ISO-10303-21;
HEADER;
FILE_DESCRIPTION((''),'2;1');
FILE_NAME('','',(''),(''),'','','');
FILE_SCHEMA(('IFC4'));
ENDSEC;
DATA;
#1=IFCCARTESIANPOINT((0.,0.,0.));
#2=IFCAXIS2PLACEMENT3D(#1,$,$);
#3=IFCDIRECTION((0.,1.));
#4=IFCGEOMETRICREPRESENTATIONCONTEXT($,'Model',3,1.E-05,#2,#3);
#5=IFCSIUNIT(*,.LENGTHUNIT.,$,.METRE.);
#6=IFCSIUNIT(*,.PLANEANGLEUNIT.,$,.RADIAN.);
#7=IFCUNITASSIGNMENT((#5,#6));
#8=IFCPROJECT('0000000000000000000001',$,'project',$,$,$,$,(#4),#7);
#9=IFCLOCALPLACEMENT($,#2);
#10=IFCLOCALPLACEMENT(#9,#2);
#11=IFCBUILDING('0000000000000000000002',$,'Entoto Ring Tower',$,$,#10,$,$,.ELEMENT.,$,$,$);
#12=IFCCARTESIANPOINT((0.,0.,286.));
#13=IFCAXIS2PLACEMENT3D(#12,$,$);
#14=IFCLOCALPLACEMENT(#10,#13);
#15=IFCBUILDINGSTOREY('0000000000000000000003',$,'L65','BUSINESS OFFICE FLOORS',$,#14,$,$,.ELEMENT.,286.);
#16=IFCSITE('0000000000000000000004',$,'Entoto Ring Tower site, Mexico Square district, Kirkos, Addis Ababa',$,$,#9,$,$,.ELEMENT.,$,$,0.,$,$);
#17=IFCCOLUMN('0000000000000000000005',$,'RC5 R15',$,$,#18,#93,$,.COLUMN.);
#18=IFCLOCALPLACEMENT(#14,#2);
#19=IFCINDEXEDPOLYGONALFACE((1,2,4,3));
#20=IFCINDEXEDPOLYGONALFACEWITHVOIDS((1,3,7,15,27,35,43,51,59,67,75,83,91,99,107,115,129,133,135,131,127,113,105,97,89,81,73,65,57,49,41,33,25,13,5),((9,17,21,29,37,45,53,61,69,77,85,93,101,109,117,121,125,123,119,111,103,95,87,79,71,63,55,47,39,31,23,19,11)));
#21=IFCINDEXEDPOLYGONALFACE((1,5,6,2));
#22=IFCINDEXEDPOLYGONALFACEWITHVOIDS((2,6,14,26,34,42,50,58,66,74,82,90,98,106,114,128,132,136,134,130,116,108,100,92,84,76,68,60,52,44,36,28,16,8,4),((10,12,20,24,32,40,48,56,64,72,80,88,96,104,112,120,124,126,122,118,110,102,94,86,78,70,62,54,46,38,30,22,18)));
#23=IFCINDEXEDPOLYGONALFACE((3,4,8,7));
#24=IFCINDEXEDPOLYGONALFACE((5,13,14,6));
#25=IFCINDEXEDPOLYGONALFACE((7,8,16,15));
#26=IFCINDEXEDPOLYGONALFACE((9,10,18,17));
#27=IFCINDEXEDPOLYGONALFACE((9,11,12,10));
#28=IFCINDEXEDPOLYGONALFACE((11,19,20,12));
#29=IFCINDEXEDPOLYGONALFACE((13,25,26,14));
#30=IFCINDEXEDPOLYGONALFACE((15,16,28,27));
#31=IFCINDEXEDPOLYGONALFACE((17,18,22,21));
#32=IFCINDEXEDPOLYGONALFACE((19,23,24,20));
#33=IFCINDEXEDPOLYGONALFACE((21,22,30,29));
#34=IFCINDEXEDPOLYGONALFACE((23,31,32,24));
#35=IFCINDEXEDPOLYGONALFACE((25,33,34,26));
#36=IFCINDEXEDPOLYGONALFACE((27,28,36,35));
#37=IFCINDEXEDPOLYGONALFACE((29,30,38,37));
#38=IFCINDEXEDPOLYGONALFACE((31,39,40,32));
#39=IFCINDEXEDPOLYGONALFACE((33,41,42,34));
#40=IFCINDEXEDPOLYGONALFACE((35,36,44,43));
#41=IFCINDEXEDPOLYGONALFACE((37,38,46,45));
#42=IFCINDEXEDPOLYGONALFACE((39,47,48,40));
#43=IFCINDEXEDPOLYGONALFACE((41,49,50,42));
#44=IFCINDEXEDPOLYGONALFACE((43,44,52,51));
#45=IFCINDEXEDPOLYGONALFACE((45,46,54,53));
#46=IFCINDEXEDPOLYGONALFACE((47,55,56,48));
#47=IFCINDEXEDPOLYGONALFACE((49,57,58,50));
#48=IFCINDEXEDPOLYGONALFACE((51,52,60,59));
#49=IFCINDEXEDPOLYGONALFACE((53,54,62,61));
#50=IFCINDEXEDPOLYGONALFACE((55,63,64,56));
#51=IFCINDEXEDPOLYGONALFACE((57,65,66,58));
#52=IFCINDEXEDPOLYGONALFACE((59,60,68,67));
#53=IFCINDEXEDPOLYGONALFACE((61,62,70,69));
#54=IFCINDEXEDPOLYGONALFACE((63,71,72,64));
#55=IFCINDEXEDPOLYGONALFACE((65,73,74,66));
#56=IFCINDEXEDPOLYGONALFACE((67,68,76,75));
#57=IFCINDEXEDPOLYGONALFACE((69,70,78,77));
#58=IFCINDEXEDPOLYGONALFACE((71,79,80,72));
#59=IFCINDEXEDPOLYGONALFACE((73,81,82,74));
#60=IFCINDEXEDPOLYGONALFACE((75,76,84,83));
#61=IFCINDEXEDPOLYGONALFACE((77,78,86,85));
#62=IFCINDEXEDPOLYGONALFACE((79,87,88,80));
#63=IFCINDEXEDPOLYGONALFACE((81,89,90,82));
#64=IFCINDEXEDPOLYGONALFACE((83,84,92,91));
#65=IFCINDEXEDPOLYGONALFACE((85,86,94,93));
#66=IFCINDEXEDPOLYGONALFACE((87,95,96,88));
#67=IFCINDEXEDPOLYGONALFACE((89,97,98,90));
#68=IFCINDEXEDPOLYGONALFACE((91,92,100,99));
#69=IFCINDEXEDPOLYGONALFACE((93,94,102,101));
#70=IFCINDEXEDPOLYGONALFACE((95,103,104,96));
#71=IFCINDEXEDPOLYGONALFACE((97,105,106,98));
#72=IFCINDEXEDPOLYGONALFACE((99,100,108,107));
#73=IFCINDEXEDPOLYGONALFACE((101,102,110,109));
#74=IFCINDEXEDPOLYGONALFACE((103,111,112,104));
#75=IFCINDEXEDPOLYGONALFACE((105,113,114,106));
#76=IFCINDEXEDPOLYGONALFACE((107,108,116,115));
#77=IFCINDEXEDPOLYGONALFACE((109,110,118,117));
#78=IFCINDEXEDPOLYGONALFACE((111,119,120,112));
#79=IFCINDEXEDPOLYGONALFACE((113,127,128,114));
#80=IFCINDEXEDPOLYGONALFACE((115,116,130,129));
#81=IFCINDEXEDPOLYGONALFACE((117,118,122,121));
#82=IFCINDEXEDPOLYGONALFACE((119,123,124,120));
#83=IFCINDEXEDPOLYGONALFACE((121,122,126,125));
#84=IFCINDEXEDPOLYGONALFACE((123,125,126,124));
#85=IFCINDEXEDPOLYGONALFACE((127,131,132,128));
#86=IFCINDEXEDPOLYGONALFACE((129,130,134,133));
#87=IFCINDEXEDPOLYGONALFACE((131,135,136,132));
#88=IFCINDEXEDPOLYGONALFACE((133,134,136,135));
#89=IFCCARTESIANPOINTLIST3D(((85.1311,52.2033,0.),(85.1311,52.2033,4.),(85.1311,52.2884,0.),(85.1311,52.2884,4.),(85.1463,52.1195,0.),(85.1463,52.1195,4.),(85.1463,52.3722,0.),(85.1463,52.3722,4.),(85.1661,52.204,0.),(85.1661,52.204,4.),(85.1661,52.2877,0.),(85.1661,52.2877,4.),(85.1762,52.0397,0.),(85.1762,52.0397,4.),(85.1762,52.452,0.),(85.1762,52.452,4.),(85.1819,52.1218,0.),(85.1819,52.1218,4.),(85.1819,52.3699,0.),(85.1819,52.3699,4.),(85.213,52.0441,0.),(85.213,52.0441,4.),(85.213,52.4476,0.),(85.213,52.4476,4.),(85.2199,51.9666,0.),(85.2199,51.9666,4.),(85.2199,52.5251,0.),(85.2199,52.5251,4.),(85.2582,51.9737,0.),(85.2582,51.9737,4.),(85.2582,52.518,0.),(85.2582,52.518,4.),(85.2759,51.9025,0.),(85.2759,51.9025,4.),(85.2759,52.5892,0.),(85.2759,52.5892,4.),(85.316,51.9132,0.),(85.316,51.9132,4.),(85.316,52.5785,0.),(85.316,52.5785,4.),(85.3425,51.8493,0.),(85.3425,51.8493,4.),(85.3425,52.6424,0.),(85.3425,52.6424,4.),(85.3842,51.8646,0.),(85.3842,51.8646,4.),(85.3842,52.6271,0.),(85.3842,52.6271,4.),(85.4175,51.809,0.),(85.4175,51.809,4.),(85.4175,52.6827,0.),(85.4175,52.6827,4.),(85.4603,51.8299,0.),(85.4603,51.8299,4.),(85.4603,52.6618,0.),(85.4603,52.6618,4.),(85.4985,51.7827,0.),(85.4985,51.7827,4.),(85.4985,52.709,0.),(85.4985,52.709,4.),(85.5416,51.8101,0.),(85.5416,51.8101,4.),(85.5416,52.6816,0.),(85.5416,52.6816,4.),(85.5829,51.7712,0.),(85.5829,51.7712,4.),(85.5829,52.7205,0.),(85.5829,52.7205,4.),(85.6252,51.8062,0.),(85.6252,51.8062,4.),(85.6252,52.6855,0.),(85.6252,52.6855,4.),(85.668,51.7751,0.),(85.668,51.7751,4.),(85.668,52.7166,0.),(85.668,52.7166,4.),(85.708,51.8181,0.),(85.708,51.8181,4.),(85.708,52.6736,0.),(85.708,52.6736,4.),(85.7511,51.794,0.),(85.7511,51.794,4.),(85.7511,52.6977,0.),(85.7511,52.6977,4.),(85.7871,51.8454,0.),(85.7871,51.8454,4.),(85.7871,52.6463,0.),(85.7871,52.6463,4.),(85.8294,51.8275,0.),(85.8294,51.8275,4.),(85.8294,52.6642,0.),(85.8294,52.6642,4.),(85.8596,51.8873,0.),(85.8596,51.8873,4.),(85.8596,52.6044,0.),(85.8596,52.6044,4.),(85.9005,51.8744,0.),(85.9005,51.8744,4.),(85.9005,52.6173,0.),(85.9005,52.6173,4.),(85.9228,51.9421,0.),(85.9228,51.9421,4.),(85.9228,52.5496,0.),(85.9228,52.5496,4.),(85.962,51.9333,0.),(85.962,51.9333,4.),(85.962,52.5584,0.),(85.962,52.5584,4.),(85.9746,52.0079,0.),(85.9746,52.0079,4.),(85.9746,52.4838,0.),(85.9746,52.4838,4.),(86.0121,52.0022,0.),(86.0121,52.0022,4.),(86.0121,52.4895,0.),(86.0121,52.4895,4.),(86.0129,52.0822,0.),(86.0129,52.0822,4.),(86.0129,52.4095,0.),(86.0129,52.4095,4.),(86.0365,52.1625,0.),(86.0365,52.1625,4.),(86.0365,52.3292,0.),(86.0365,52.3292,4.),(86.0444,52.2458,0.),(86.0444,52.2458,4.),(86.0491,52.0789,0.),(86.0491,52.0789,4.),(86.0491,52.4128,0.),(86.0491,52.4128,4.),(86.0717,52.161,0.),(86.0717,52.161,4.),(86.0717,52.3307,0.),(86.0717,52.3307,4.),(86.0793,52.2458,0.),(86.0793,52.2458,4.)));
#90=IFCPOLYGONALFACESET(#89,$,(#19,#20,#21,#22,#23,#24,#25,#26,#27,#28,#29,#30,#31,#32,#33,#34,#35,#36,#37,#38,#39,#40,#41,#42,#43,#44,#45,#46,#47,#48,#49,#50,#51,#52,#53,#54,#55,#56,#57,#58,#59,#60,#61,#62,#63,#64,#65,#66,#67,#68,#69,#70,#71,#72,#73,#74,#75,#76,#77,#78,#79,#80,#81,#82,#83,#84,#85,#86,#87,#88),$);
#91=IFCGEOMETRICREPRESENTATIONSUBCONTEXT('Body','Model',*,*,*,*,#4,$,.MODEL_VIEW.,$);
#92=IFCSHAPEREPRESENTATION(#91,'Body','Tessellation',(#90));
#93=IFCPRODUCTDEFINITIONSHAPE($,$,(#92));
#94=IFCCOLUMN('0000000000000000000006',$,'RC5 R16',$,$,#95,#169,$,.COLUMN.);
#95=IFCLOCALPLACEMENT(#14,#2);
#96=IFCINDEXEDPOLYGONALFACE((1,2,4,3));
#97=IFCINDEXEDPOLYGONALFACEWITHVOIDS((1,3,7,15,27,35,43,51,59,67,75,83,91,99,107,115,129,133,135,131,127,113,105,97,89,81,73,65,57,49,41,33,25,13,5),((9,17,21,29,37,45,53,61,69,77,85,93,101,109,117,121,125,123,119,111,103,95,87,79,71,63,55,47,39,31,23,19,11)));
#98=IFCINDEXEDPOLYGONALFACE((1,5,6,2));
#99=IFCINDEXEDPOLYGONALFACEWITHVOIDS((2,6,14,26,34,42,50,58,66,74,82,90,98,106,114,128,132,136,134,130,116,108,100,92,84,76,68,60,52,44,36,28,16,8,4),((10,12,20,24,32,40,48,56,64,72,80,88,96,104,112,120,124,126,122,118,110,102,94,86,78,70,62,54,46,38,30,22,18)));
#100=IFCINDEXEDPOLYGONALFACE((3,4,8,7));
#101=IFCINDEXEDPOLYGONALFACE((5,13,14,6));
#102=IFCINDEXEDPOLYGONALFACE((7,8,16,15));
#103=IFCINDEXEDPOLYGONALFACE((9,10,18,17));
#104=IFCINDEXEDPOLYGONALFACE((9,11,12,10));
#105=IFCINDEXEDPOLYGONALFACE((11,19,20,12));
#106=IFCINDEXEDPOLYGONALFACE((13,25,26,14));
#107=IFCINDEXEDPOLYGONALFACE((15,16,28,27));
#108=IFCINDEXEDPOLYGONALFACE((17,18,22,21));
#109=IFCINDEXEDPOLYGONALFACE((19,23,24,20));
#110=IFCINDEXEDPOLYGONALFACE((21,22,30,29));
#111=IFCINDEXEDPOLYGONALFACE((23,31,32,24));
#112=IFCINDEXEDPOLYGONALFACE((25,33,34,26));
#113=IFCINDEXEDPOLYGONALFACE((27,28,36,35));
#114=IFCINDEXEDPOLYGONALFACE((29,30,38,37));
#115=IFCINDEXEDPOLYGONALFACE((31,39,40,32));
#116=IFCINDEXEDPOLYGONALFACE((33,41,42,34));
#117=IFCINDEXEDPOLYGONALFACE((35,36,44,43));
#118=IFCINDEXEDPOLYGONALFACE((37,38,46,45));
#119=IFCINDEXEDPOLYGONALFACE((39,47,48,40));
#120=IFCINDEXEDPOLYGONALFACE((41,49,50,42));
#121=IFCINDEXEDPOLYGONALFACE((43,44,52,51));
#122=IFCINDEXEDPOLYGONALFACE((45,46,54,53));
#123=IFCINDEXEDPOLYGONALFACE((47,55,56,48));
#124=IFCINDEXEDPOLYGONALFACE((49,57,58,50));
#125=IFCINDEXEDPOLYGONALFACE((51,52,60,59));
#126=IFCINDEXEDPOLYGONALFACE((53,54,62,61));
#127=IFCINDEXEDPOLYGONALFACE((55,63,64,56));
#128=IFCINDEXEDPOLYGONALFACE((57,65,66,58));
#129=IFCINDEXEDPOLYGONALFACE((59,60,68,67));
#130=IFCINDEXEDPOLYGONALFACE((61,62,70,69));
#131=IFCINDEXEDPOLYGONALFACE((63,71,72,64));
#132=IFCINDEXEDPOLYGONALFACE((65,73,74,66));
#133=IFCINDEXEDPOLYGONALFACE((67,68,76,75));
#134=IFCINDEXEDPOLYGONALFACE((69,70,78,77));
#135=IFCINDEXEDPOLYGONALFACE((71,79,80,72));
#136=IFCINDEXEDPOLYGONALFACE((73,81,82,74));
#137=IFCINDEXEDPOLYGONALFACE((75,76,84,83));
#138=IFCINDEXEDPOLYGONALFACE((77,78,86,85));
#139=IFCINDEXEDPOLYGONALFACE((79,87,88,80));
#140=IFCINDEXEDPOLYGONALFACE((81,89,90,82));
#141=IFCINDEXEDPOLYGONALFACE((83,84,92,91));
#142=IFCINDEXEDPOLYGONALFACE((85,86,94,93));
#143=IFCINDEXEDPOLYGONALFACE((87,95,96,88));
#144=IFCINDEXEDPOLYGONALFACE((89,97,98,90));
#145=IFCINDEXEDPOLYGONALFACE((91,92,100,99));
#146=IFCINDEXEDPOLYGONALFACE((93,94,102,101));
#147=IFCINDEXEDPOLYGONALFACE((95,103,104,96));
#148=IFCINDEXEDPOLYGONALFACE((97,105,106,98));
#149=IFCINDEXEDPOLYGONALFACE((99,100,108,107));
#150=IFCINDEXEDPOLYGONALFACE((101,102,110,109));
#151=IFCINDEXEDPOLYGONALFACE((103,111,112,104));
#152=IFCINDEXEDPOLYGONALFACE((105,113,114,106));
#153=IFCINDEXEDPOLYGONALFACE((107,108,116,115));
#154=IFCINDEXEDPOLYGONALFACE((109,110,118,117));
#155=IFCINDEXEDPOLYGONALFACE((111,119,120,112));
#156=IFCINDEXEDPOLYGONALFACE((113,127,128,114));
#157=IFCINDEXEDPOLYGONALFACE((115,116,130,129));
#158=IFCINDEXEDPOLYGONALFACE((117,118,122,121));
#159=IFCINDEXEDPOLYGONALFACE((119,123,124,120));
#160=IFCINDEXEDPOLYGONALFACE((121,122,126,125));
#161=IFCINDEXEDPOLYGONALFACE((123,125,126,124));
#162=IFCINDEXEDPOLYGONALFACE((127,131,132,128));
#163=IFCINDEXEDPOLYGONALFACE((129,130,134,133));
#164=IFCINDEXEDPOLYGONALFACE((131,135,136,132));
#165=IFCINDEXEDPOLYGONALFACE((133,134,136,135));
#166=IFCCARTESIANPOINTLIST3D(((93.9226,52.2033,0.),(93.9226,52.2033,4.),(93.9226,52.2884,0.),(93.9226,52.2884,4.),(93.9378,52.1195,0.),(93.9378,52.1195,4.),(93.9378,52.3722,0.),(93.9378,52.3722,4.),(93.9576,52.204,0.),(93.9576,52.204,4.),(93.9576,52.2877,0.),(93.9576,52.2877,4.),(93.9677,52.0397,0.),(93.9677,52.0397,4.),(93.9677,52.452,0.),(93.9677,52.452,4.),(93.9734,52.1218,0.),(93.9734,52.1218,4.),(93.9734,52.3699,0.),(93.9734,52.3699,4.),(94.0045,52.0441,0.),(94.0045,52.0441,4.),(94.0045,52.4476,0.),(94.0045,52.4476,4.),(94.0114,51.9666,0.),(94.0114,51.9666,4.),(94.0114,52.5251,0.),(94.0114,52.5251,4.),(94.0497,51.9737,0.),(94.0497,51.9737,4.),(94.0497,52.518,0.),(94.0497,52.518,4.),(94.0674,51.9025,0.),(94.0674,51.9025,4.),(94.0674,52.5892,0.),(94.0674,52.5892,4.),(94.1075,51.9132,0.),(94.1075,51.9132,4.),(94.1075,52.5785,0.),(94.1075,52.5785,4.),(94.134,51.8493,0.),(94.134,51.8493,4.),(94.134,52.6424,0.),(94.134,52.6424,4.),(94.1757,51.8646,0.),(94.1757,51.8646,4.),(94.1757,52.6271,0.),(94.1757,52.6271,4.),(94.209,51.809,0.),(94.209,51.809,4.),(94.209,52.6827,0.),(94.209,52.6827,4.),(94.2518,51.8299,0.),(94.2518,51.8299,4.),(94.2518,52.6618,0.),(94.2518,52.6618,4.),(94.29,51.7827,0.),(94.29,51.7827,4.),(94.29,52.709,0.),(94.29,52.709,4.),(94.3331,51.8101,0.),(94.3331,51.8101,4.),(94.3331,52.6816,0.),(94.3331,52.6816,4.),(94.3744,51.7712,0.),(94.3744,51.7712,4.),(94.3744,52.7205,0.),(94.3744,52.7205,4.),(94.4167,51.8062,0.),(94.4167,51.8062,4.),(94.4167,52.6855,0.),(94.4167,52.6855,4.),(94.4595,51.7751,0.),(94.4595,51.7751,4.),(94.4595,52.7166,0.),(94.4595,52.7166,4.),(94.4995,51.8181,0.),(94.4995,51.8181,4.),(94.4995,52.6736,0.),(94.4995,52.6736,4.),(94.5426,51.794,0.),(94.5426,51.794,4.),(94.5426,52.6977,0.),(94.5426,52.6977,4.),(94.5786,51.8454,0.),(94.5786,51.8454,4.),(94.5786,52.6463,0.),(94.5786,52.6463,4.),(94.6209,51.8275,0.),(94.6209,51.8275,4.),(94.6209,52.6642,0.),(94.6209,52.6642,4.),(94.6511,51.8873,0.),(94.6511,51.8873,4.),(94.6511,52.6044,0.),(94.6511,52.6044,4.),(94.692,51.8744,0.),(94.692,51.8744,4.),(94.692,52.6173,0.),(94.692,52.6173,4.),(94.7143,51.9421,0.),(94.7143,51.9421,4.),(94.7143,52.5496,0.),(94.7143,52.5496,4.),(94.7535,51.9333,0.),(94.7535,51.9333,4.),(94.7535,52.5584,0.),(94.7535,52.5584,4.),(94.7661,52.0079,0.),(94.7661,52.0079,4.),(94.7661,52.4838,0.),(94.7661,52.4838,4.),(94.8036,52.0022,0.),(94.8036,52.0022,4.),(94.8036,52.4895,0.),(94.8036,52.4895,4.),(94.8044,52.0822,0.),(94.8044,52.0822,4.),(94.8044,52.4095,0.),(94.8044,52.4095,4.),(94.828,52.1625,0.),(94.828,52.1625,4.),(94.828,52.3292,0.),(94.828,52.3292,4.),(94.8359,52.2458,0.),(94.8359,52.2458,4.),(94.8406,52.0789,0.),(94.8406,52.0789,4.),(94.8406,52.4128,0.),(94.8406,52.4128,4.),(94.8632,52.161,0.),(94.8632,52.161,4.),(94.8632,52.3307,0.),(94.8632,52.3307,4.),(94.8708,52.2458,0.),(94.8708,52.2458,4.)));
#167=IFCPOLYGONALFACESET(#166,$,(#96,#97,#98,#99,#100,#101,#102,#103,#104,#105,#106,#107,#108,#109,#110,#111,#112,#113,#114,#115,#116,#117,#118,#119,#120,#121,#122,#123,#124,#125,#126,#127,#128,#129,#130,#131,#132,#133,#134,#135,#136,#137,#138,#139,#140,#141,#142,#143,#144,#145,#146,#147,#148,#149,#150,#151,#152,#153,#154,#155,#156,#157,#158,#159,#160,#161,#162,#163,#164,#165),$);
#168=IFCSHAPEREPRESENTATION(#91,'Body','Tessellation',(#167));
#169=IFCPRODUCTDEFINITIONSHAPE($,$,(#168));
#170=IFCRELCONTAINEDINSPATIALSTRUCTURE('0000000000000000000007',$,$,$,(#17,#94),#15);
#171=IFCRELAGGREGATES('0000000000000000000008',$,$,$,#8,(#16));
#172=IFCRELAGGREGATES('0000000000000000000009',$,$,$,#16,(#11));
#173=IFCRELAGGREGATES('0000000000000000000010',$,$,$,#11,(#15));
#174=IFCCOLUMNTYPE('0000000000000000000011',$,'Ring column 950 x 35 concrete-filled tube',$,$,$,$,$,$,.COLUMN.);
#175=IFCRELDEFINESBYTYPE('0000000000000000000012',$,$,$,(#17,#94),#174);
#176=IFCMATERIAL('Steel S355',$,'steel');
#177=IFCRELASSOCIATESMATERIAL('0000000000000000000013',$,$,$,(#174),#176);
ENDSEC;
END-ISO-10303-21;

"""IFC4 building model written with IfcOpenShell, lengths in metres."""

from ifc_helpers import new_model, si_unit, direction, frame, origin, origin_2d, place, context, subcontext, project, spatial, circle, hollow_circle, extrude, material, material_profile, profile_set, type_object, element, save


model = new_model("IFC4")

# Units and contexts
model_context = context("Model", 3, precision=1e-05, world=origin(), true_north=direction((0.0, 1.0)))
body_context = subcontext(model_context, "Body", "Model", "MODEL_VIEW")
ifc_project = project(units=[si_unit("LENGTHUNIT", "METRE"), si_unit("PLANEANGLEUNIT", "RADIAN")], contexts=[model_context])

# Site, building, storey
site_placement = place(None, origin())
site = spatial("IfcSite", under=ifc_project, at=site_placement, Name="Entoto Ring Tower site, Mexico Square district, Kirkos, Addis Ababa", CompositionType="ELEMENT", RefElevation=0.0)
building_placement = place(site_placement, origin())
building = spatial("IfcBuilding", under=site, at=building_placement, Name="Entoto Ring Tower", CompositionType="ELEMENT")
storey_placement = place(building_placement, frame((0.0, 0.0, 286.0)))
storey = spatial("IfcBuildingStorey", under=building, at=storey_placement, Name="L65", Description="BUSINESS OFFICE FLOORS", CompositionType="ELEMENT", Elevation=286.0)

# Columns
ifc_material_1 = material(Name="Steel S355", Category="steel")
ifc_material_profile_1 = material_profile(ifc_material_1, hollow_circle(Radius=0.4751, WallThickness=0.0349, at=origin_2d()), Name="CHS 950 x 35")
ifc_material_2 = material(Name="Concrete C60/75", Category="concrete")
ifc_material_profile_2 = material_profile(ifc_material_2, circle(Radius=0.4399, at=origin_2d()), Name="Concrete C60/75 infill")
ifc_profile_set_1 = profile_set([ifc_material_profile_1, ifc_material_profile_2], Name="Steel S355")
column_type = type_object("IfcColumnType", Name="Ring column 950 x 35 concrete-filled tube", PredefinedType="COLUMN", material=ifc_profile_set_1)
for number, where, z_axis, x_axis, name in (
    (1, (85.6042, 52.2458, 0.0), (0.0, 0.0, 1.0), (1.0, 0.0, 0.0), "RC5 R15"),
    (2, (94.3958, 52.2458, 0.0), (0.0, 0.0, 1.0), (1.0, 0.0, 0.0), "RC5 R16"),
):
    element("IfcColumn", number, at=place(storey_placement, frame(where, z_axis=z_axis, x_axis=x_axis)), inside=storey, type_object=column_type, Name=name, PredefinedType="COLUMN", context=body_context, shape_type="SweptSolid", body=[
        extrude(hollow_circle(Radius=0.4751, WallThickness=0.0349, at=origin_2d()), origin(), (0.0, 0.0, 1.0), 4.0),
    ])

save(model, "model.ifc")
